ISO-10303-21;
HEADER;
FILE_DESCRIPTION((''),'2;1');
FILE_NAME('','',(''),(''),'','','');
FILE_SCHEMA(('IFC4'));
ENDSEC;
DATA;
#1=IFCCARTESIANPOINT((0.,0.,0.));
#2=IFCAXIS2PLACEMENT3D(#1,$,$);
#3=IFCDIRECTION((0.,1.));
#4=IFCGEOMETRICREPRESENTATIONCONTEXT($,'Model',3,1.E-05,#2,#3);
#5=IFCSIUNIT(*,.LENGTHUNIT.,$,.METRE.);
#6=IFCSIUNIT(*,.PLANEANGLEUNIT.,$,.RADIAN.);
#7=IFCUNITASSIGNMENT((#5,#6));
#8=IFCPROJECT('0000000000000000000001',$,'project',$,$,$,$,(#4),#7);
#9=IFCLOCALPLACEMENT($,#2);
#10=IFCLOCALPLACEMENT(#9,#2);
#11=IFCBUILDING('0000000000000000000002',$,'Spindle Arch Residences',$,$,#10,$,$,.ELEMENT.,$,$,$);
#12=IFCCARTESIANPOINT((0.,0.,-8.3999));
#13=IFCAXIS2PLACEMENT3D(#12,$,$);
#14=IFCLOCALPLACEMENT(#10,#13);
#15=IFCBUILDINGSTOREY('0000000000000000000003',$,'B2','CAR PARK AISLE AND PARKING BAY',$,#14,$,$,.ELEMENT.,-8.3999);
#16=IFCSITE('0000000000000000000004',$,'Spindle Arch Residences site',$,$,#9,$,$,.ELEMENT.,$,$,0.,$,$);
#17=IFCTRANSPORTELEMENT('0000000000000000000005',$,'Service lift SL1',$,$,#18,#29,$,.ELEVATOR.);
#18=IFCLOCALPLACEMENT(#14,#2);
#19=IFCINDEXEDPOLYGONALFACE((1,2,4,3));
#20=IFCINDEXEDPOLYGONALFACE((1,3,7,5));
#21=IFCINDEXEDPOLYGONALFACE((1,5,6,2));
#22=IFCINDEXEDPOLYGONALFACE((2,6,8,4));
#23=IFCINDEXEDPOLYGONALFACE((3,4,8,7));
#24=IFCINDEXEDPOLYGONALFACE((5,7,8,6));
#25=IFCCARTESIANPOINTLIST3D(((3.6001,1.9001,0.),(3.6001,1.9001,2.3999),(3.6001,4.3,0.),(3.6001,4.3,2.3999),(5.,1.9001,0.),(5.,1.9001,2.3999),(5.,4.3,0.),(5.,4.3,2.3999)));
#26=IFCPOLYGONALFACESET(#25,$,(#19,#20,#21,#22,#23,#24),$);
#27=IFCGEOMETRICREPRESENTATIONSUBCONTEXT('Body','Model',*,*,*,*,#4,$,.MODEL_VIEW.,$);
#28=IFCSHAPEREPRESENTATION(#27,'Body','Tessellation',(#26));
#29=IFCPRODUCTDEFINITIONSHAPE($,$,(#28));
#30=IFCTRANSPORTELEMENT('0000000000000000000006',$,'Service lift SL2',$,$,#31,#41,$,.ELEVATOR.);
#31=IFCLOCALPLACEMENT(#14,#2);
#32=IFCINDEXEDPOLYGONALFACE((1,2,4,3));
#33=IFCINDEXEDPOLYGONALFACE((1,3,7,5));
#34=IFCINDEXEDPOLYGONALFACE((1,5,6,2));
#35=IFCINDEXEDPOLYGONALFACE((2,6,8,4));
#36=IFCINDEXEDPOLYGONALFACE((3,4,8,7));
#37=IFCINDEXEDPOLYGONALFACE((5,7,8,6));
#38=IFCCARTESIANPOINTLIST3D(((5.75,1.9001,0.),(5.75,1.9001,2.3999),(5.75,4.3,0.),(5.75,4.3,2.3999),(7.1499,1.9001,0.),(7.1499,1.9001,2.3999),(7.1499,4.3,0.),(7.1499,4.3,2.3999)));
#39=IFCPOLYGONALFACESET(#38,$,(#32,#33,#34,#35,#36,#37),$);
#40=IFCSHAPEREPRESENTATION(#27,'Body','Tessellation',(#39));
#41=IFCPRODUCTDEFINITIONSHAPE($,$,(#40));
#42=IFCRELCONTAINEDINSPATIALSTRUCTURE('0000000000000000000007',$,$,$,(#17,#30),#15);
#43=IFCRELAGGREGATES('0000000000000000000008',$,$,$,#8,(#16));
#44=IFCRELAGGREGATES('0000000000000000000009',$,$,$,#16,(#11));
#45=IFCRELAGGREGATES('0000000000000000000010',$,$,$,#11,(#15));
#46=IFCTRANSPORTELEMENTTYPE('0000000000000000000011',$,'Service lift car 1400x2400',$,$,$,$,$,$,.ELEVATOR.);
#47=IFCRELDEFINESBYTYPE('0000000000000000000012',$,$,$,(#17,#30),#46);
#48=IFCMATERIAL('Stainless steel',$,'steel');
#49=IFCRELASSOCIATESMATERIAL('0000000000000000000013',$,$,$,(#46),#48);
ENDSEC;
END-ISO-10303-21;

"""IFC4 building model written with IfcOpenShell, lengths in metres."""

from ifc_helpers import new_model, si_unit, direction, frame, origin, origin_2d, place, context, subcontext, project, spatial, rectangle, extrude, material, type_object, element, save


model = new_model("IFC4")

# Units and contexts
model_context = context("Model", 3, precision=1e-05, world=origin(), true_north=direction((0.0, 1.0)))
body_context = subcontext(model_context, "Body", "Model", "MODEL_VIEW")
ifc_project = project(units=[si_unit("LENGTHUNIT", "METRE"), si_unit("PLANEANGLEUNIT", "RADIAN")], contexts=[model_context])

# Site, building, storey
site_placement = place(None, origin())
site = spatial("IfcSite", under=ifc_project, at=site_placement, Name="Spindle Arch Residences site", CompositionType="ELEMENT", RefElevation=0.0)
building_placement = place(site_placement, origin())
building = spatial("IfcBuilding", under=site, at=building_placement, Name="Spindle Arch Residences", CompositionType="ELEMENT")
storey_placement = place(building_placement, frame((0.0, 0.0, -8.3999)))
storey = spatial("IfcBuildingStorey", under=building, at=storey_placement, Name="B2", Description="CAR PARK AISLE AND PARKING BAY", CompositionType="ELEMENT", Elevation=-8.3999)

# Transport elements
ifc_material_1 = material(Name="Stainless steel", Category="steel")
transport_element_type = type_object("IfcTransportElementType", Name="Service lift car 1400x2400", PredefinedType="ELEVATOR", material=ifc_material_1)
for number, where, z_axis, x_axis, name in (
    (1, (4.3, 3.1001, 0.0), (0.0, 0.0, 1.0), (1.0, 0.0, 0.0), "Service lift SL1"),
    (2, (6.45, 3.1001, 0.0), (0.0, 0.0, 1.0), (1.0, 0.0, 0.0), "Service lift SL2"),
):
    element("IfcTransportElement", number, at=place(storey_placement, frame(where, z_axis=z_axis, x_axis=x_axis)), inside=storey, type_object=transport_element_type, Name=name, PredefinedType="ELEVATOR", context=body_context, shape_type="SweptSolid", body=[
        extrude(rectangle(XDim=1.3999, YDim=2.3999, at=origin_2d()), origin(), (0.0, 0.0, 1.0), 2.3999),
    ])

save(model, "model.ifc")
